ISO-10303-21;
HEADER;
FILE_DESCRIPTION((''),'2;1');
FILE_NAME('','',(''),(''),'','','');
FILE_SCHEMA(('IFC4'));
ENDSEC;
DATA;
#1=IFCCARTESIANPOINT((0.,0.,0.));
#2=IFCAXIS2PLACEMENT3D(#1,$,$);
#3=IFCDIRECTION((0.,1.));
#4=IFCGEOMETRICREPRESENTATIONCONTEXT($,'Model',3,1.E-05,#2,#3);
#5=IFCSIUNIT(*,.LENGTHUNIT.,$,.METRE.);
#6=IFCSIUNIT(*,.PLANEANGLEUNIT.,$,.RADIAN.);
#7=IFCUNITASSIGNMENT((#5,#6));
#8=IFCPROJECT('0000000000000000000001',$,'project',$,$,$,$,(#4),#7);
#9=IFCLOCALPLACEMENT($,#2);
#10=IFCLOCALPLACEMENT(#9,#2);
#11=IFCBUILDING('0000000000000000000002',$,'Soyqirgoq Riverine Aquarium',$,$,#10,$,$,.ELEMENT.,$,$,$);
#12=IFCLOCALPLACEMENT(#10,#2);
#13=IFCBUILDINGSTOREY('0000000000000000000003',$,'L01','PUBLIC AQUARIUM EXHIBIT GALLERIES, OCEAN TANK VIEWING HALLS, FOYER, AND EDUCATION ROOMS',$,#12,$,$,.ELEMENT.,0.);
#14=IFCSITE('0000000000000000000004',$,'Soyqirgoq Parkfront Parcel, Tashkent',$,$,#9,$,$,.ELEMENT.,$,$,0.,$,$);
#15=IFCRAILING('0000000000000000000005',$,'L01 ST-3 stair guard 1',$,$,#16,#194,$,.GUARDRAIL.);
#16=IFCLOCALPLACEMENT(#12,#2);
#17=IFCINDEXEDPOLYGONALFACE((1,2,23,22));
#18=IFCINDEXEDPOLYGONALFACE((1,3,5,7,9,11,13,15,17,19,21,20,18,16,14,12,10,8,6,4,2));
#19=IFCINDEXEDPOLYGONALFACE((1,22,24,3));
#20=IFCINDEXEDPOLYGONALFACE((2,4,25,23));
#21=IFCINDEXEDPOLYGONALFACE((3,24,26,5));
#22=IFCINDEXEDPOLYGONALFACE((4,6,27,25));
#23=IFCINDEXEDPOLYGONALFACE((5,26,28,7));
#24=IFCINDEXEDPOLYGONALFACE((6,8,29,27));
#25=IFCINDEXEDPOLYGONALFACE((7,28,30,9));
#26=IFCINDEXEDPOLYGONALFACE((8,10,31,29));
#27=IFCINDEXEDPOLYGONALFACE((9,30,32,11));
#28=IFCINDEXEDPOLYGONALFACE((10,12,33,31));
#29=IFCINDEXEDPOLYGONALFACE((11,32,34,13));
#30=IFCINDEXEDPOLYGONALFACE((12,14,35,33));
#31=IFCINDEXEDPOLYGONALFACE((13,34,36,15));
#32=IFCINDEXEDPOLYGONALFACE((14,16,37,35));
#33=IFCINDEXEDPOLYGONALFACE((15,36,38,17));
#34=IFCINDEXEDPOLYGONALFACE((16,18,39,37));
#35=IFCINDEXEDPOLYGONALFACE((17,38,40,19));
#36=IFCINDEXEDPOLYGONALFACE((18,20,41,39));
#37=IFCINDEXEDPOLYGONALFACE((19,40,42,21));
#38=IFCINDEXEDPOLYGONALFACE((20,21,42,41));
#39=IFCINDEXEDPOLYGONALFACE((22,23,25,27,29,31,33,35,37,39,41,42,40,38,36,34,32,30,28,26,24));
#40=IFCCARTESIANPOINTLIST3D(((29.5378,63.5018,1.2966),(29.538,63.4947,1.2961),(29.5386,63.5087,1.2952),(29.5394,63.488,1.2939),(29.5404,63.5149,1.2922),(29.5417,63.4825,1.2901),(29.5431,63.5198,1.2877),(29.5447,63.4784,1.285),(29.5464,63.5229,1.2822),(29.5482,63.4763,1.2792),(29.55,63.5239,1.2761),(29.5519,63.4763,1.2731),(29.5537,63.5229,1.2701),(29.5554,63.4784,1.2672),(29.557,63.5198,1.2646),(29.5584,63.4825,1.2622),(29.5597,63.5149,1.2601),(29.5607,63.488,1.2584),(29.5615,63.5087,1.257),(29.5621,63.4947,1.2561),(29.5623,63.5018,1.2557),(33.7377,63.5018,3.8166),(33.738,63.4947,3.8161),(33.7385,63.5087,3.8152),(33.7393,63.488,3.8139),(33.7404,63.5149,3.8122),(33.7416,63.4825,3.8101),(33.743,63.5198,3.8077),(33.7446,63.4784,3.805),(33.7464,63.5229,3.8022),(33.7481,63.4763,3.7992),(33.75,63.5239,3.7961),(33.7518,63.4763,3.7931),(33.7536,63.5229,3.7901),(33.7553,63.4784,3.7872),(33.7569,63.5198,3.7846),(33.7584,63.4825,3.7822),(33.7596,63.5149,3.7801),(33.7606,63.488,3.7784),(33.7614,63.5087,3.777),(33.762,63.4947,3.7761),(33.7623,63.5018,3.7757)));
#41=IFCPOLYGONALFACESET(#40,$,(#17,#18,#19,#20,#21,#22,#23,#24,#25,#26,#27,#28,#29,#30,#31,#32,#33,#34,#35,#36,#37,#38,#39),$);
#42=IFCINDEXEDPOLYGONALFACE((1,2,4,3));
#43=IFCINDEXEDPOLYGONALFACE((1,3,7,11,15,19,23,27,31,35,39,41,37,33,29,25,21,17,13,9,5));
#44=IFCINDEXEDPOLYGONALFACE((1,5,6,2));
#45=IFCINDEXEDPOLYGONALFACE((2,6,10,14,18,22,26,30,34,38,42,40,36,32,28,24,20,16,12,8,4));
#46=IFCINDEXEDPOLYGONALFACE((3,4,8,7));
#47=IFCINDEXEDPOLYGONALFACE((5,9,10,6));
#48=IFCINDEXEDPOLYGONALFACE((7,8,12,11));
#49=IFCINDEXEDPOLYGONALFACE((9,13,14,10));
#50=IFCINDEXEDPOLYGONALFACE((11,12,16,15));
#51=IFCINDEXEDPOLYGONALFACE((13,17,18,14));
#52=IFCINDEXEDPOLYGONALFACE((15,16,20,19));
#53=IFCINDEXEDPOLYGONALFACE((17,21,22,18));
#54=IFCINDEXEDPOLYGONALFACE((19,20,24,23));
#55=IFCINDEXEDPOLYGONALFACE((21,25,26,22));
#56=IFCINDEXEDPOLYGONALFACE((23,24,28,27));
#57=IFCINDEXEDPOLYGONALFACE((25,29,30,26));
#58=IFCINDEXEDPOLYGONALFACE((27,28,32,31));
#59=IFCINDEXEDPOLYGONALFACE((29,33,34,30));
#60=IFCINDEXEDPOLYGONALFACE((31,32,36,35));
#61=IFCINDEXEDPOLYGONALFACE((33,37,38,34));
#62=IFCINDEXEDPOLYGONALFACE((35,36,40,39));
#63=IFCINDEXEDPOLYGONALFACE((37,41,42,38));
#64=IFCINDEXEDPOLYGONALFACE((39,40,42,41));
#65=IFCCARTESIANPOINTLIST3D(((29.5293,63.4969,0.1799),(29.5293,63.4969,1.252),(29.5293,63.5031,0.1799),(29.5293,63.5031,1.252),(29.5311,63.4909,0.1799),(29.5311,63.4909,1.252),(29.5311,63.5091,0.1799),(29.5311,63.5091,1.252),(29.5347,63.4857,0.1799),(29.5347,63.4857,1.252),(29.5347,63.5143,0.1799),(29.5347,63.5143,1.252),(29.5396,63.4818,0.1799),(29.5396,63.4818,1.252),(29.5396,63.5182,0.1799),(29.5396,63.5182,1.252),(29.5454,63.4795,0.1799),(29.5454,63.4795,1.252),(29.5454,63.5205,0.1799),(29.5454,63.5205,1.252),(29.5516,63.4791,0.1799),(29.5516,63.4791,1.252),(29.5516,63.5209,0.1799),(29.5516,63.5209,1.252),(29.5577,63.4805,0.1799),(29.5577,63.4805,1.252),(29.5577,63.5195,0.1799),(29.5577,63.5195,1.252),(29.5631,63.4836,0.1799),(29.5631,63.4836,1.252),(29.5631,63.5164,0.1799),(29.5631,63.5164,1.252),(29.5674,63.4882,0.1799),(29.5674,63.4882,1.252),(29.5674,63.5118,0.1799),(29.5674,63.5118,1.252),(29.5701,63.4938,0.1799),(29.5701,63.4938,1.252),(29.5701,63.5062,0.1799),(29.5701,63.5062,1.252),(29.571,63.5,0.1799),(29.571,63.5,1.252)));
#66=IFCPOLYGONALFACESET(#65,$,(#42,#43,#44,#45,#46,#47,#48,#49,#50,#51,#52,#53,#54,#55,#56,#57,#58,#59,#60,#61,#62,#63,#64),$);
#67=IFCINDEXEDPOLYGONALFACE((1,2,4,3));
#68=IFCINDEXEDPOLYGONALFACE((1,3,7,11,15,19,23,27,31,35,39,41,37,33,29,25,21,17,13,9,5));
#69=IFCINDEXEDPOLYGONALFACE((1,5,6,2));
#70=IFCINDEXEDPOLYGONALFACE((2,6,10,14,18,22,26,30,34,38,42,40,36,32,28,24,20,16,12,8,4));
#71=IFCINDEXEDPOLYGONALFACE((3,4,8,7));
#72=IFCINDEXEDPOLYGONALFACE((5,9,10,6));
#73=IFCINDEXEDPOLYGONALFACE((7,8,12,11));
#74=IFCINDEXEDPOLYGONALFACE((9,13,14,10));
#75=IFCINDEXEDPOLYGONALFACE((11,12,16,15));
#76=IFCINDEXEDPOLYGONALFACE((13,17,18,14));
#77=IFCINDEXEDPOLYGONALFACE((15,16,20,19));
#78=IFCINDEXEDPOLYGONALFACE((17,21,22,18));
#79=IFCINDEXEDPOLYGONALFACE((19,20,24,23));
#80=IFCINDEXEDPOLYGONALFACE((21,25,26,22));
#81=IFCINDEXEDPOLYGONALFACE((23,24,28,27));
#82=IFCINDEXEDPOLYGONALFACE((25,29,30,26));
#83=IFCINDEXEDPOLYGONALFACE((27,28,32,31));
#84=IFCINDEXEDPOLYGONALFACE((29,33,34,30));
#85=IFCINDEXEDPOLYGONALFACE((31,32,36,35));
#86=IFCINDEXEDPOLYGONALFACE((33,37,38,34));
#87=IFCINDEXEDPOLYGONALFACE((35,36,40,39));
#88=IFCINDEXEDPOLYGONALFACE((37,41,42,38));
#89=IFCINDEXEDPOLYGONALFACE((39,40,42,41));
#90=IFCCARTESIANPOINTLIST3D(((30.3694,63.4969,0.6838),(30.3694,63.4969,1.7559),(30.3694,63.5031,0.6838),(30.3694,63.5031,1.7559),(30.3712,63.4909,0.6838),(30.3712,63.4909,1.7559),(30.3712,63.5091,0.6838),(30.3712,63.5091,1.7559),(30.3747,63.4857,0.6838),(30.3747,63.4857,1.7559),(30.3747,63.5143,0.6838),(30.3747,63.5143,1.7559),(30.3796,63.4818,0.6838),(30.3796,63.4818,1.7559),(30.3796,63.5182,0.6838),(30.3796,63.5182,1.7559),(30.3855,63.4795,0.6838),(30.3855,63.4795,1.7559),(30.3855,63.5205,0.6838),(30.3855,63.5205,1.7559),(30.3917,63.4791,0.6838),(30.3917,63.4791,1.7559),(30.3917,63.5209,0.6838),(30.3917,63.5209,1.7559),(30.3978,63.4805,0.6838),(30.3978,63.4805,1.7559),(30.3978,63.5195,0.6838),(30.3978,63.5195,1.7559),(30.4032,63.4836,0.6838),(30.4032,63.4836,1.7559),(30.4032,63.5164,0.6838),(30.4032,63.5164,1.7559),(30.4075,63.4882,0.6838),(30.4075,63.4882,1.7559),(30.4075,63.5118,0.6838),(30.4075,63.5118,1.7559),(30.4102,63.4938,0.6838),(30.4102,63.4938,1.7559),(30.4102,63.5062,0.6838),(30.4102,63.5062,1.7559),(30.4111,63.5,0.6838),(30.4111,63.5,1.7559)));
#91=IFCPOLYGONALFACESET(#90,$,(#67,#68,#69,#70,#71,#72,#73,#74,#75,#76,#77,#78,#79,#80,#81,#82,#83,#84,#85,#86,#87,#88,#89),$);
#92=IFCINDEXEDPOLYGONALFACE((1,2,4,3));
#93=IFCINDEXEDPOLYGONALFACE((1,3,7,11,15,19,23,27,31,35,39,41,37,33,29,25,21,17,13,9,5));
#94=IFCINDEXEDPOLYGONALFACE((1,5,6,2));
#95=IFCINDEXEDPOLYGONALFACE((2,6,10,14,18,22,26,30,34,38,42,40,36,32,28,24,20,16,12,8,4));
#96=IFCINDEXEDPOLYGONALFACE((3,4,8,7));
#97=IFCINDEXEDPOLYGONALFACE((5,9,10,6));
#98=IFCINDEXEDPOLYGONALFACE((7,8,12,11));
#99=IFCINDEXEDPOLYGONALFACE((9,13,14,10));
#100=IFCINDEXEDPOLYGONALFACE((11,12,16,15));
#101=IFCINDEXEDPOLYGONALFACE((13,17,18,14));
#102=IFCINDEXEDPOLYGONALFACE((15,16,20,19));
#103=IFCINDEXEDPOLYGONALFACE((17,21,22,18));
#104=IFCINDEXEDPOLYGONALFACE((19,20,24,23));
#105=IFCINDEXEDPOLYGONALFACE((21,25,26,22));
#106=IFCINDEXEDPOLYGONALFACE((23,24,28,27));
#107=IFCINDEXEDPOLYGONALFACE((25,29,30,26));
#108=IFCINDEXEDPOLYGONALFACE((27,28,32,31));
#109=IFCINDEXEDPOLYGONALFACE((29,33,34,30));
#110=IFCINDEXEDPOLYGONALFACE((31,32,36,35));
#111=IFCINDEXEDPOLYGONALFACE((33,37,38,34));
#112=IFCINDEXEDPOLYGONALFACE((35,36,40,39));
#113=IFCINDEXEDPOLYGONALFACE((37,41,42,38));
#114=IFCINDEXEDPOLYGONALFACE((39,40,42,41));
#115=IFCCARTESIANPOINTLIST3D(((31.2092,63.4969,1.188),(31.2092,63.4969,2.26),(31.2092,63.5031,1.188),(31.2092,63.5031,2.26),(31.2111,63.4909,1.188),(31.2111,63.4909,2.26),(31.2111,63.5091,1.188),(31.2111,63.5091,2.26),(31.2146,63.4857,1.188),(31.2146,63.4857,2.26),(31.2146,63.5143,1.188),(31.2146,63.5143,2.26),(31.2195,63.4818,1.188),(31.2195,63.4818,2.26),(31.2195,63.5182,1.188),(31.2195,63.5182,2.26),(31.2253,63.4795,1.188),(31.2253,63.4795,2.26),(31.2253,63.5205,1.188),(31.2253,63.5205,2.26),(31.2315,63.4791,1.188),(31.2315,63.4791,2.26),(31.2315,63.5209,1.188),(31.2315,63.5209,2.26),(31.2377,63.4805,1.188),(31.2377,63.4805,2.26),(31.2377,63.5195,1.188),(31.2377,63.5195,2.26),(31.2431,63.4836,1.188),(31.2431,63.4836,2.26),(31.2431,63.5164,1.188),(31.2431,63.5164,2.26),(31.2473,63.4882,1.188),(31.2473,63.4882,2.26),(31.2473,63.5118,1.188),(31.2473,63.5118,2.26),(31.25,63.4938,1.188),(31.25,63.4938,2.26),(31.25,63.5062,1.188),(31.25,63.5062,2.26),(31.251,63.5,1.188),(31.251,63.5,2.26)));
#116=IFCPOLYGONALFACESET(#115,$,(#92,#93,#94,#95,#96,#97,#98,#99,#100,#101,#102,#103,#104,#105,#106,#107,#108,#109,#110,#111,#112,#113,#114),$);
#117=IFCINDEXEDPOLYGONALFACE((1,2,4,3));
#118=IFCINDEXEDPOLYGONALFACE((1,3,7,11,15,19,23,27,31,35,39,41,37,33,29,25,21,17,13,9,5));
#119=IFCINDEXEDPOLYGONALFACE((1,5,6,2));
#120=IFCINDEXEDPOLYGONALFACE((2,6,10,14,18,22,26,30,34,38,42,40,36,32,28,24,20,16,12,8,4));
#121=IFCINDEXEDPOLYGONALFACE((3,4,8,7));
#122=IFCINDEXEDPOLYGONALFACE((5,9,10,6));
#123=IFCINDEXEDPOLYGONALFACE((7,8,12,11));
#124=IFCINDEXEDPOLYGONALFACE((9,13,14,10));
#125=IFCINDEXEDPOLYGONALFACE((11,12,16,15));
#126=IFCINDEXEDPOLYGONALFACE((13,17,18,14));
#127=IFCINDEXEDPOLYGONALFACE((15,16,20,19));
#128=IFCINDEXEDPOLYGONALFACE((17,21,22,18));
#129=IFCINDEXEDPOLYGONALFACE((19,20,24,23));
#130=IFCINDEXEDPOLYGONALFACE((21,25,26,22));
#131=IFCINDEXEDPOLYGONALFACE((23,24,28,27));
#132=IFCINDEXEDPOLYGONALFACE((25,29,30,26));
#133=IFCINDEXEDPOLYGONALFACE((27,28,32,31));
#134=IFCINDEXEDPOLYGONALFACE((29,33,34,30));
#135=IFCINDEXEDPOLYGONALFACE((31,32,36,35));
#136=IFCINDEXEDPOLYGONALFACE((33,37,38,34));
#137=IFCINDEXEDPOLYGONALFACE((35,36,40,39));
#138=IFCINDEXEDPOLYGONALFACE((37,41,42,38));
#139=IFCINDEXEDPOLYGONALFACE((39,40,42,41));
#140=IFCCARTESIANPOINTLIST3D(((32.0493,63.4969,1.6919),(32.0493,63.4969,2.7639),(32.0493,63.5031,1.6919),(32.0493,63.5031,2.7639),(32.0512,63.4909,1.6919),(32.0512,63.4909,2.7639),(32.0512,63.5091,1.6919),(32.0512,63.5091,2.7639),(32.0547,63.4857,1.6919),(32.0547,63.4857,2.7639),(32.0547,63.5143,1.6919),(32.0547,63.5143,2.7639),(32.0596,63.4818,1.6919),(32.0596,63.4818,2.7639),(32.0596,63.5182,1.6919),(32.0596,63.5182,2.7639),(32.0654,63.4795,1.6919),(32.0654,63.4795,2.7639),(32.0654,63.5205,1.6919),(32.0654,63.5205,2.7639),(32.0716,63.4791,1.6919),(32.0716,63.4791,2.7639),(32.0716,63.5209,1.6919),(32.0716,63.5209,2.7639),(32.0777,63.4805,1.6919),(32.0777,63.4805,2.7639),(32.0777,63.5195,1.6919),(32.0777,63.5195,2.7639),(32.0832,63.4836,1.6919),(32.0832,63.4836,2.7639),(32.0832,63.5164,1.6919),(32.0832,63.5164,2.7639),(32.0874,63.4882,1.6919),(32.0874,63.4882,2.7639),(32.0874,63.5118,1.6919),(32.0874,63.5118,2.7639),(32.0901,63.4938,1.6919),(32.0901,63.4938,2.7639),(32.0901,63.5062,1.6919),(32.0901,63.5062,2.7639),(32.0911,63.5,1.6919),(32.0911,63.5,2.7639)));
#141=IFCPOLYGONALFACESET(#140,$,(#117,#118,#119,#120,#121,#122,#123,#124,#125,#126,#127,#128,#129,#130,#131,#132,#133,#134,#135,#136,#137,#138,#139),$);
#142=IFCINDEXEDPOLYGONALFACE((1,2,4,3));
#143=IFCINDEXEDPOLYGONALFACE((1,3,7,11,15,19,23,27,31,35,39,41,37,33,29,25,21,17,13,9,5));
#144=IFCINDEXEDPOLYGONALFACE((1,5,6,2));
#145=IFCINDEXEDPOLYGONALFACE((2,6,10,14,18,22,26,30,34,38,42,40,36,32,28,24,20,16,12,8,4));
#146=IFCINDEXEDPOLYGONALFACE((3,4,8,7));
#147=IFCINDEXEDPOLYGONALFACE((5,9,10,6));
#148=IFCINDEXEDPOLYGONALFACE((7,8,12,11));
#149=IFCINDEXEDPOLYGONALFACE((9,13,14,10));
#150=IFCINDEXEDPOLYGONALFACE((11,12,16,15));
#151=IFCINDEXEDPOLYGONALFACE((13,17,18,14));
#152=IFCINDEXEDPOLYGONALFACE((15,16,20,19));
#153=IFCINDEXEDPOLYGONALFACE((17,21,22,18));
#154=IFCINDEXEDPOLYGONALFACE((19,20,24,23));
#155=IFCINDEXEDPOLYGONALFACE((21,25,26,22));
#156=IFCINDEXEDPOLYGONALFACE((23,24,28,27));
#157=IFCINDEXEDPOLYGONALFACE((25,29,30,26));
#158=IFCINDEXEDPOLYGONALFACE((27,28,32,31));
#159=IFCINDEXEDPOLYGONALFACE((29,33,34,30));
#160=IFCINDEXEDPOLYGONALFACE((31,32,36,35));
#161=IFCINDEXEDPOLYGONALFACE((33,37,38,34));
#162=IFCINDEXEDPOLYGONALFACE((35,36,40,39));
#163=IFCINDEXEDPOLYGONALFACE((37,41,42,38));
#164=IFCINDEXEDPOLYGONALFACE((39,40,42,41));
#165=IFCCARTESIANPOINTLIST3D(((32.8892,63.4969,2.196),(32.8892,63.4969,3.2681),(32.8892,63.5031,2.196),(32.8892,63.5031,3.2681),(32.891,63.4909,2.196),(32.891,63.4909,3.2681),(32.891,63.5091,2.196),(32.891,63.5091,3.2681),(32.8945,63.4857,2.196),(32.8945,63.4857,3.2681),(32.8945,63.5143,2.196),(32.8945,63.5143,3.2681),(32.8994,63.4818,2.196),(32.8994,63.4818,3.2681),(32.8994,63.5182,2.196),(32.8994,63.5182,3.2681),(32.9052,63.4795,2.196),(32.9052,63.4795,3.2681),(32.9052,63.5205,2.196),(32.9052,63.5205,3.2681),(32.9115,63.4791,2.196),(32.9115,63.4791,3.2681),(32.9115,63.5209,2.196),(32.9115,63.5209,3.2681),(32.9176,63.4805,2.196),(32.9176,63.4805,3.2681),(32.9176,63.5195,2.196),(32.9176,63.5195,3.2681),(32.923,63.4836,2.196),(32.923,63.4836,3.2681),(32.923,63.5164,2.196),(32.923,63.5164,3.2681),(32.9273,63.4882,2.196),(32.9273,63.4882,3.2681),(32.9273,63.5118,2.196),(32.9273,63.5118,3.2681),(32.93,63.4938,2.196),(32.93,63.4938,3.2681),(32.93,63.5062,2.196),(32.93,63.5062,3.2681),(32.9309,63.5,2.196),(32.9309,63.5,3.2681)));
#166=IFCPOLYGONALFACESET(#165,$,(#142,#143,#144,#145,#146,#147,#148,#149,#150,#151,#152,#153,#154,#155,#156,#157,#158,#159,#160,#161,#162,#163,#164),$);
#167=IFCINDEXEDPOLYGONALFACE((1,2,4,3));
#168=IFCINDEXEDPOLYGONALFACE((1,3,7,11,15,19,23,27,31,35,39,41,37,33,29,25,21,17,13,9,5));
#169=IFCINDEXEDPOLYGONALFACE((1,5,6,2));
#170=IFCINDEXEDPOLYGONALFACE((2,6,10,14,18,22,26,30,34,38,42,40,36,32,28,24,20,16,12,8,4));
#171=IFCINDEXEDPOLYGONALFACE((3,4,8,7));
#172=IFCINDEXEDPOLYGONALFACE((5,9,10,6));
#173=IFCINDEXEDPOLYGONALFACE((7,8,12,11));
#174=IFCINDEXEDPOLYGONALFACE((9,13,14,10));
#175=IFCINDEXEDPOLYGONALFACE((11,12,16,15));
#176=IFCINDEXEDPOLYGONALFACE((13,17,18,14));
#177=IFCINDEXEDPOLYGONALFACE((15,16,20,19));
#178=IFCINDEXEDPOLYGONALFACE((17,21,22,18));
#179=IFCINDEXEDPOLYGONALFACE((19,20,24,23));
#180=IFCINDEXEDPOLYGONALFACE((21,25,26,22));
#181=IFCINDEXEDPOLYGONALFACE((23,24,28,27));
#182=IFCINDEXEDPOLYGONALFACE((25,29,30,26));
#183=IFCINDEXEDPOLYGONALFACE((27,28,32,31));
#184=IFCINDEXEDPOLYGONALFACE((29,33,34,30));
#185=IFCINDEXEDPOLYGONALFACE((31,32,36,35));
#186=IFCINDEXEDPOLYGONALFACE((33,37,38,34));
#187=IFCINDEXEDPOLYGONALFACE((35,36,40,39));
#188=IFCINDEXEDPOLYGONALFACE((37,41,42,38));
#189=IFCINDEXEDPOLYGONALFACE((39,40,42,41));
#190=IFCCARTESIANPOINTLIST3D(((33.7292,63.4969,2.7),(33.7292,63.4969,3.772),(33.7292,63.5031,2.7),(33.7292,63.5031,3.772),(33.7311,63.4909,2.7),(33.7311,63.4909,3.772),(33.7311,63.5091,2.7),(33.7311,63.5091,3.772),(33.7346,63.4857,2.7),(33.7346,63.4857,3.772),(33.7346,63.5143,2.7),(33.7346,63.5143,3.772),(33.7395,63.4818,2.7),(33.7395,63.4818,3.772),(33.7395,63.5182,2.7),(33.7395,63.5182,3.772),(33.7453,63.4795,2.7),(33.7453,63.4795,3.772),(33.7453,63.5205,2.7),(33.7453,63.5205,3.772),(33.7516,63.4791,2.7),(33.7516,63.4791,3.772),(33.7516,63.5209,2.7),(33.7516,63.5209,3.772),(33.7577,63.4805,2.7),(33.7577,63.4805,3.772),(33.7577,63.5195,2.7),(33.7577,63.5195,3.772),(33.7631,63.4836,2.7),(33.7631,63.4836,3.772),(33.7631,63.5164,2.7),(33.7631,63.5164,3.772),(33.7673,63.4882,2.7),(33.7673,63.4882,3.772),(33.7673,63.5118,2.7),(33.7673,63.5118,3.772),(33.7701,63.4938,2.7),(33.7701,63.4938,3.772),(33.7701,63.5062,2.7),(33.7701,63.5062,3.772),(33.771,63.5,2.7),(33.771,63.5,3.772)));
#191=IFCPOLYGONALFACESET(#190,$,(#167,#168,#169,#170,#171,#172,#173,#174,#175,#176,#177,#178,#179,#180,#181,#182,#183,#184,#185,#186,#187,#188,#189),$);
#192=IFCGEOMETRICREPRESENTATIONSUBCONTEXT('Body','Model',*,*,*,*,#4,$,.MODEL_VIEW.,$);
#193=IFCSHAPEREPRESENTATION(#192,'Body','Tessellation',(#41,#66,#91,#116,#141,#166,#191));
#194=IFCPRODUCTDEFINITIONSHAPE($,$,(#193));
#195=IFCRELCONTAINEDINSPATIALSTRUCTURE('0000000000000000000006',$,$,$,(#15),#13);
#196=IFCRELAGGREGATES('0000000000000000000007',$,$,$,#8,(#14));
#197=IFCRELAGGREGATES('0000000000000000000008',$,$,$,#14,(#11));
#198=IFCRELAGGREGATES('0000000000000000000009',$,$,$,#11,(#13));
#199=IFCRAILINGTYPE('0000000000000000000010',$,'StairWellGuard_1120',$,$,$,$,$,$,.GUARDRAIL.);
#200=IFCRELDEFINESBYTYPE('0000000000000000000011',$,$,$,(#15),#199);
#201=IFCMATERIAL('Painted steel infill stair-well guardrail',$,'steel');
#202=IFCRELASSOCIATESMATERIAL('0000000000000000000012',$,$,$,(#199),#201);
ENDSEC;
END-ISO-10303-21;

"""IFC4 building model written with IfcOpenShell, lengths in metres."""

from ifc_helpers import new_model, si_unit, direction, frame, origin, origin_2d, place, context, subcontext, project, spatial, circle, extrude, material, type_object, element, save


model = new_model("IFC4")

# Units and contexts
model_context = context("Model", 3, precision=1e-05, world=origin(), true_north=direction((0.0, 1.0)))
body_context = subcontext(model_context, "Body", "Model", "MODEL_VIEW")
ifc_project = project(units=[si_unit("LENGTHUNIT", "METRE"), si_unit("PLANEANGLEUNIT", "RADIAN")], contexts=[model_context])

# Site, building, storey
site_placement = place(None, origin())
site = spatial("IfcSite", under=ifc_project, at=site_placement, Name="Soyqirgoq Parkfront Parcel, Tashkent", CompositionType="ELEMENT", RefElevation=0.0)
building_placement = place(site_placement, origin())
building = spatial("IfcBuilding", under=site, at=building_placement, Name="Soyqirgoq Riverine Aquarium", CompositionType="ELEMENT")
storey_placement = place(building_placement, origin())
storey = spatial("IfcBuildingStorey", under=building, at=storey_placement, Name="L01", Description="PUBLIC AQUARIUM EXHIBIT GALLERIES, OCEAN TANK VIEWING HALLS, FOYER, AND EDUCATION ROOMS", CompositionType="ELEMENT", Elevation=0.0)

# Railing
ifc_material_1 = material(Name="Painted steel infill stair-well guardrail", Category="steel")
railing_type_1 = type_object("IfcRailingType", Name="StairWellGuard_1120", PredefinedType="GUARDRAIL", material=ifc_material_1)
railing_1_placement = place(storey_placement, frame((29.55, 63.5, 0.1799)))
element("IfcRailing", 1, at=railing_1_placement, inside=storey, type_object=railing_type_1, Name="L01 ST-3 stair guard 1", PredefinedType="GUARDRAIL", context=body_context, shape_type="SweptSolid", body=[
    extrude(circle(Radius=0.0239, at=origin_2d()), frame((0.0, 0.0, 1.0962), z_axis=(0.857489, 0.0, 0.514503), x_axis=(0.0, 1.0, 0.0)), (0.0, 0.0, 1.0), 4.8979),
    extrude(circle(Radius=0.021, at=origin_2d()), origin(), (0.0, 0.0, 1.0), 1.072),
    extrude(circle(Radius=0.021, at=origin_2d()), frame((0.8401, 0.0, 0.5039)), (0.0, 0.0, 1.0), 1.072),
    extrude(circle(Radius=0.021, at=origin_2d()), frame((1.6799, 0.0, 1.0081)), (0.0, 0.0, 1.0), 1.072),
    extrude(circle(Radius=0.021, at=origin_2d()), frame((2.52, 0.0, 1.512)), (0.0, 0.0, 1.0), 1.072),
    extrude(circle(Radius=0.021, at=origin_2d()), frame((3.3599, 0.0, 2.0161)), (0.0, 0.0, 1.0), 1.072),
    extrude(circle(Radius=0.021, at=origin_2d()), frame((4.2, 0.0, 2.52)), (0.0, 0.0, 1.0), 1.072),
])

save(model, "model.ifc")
